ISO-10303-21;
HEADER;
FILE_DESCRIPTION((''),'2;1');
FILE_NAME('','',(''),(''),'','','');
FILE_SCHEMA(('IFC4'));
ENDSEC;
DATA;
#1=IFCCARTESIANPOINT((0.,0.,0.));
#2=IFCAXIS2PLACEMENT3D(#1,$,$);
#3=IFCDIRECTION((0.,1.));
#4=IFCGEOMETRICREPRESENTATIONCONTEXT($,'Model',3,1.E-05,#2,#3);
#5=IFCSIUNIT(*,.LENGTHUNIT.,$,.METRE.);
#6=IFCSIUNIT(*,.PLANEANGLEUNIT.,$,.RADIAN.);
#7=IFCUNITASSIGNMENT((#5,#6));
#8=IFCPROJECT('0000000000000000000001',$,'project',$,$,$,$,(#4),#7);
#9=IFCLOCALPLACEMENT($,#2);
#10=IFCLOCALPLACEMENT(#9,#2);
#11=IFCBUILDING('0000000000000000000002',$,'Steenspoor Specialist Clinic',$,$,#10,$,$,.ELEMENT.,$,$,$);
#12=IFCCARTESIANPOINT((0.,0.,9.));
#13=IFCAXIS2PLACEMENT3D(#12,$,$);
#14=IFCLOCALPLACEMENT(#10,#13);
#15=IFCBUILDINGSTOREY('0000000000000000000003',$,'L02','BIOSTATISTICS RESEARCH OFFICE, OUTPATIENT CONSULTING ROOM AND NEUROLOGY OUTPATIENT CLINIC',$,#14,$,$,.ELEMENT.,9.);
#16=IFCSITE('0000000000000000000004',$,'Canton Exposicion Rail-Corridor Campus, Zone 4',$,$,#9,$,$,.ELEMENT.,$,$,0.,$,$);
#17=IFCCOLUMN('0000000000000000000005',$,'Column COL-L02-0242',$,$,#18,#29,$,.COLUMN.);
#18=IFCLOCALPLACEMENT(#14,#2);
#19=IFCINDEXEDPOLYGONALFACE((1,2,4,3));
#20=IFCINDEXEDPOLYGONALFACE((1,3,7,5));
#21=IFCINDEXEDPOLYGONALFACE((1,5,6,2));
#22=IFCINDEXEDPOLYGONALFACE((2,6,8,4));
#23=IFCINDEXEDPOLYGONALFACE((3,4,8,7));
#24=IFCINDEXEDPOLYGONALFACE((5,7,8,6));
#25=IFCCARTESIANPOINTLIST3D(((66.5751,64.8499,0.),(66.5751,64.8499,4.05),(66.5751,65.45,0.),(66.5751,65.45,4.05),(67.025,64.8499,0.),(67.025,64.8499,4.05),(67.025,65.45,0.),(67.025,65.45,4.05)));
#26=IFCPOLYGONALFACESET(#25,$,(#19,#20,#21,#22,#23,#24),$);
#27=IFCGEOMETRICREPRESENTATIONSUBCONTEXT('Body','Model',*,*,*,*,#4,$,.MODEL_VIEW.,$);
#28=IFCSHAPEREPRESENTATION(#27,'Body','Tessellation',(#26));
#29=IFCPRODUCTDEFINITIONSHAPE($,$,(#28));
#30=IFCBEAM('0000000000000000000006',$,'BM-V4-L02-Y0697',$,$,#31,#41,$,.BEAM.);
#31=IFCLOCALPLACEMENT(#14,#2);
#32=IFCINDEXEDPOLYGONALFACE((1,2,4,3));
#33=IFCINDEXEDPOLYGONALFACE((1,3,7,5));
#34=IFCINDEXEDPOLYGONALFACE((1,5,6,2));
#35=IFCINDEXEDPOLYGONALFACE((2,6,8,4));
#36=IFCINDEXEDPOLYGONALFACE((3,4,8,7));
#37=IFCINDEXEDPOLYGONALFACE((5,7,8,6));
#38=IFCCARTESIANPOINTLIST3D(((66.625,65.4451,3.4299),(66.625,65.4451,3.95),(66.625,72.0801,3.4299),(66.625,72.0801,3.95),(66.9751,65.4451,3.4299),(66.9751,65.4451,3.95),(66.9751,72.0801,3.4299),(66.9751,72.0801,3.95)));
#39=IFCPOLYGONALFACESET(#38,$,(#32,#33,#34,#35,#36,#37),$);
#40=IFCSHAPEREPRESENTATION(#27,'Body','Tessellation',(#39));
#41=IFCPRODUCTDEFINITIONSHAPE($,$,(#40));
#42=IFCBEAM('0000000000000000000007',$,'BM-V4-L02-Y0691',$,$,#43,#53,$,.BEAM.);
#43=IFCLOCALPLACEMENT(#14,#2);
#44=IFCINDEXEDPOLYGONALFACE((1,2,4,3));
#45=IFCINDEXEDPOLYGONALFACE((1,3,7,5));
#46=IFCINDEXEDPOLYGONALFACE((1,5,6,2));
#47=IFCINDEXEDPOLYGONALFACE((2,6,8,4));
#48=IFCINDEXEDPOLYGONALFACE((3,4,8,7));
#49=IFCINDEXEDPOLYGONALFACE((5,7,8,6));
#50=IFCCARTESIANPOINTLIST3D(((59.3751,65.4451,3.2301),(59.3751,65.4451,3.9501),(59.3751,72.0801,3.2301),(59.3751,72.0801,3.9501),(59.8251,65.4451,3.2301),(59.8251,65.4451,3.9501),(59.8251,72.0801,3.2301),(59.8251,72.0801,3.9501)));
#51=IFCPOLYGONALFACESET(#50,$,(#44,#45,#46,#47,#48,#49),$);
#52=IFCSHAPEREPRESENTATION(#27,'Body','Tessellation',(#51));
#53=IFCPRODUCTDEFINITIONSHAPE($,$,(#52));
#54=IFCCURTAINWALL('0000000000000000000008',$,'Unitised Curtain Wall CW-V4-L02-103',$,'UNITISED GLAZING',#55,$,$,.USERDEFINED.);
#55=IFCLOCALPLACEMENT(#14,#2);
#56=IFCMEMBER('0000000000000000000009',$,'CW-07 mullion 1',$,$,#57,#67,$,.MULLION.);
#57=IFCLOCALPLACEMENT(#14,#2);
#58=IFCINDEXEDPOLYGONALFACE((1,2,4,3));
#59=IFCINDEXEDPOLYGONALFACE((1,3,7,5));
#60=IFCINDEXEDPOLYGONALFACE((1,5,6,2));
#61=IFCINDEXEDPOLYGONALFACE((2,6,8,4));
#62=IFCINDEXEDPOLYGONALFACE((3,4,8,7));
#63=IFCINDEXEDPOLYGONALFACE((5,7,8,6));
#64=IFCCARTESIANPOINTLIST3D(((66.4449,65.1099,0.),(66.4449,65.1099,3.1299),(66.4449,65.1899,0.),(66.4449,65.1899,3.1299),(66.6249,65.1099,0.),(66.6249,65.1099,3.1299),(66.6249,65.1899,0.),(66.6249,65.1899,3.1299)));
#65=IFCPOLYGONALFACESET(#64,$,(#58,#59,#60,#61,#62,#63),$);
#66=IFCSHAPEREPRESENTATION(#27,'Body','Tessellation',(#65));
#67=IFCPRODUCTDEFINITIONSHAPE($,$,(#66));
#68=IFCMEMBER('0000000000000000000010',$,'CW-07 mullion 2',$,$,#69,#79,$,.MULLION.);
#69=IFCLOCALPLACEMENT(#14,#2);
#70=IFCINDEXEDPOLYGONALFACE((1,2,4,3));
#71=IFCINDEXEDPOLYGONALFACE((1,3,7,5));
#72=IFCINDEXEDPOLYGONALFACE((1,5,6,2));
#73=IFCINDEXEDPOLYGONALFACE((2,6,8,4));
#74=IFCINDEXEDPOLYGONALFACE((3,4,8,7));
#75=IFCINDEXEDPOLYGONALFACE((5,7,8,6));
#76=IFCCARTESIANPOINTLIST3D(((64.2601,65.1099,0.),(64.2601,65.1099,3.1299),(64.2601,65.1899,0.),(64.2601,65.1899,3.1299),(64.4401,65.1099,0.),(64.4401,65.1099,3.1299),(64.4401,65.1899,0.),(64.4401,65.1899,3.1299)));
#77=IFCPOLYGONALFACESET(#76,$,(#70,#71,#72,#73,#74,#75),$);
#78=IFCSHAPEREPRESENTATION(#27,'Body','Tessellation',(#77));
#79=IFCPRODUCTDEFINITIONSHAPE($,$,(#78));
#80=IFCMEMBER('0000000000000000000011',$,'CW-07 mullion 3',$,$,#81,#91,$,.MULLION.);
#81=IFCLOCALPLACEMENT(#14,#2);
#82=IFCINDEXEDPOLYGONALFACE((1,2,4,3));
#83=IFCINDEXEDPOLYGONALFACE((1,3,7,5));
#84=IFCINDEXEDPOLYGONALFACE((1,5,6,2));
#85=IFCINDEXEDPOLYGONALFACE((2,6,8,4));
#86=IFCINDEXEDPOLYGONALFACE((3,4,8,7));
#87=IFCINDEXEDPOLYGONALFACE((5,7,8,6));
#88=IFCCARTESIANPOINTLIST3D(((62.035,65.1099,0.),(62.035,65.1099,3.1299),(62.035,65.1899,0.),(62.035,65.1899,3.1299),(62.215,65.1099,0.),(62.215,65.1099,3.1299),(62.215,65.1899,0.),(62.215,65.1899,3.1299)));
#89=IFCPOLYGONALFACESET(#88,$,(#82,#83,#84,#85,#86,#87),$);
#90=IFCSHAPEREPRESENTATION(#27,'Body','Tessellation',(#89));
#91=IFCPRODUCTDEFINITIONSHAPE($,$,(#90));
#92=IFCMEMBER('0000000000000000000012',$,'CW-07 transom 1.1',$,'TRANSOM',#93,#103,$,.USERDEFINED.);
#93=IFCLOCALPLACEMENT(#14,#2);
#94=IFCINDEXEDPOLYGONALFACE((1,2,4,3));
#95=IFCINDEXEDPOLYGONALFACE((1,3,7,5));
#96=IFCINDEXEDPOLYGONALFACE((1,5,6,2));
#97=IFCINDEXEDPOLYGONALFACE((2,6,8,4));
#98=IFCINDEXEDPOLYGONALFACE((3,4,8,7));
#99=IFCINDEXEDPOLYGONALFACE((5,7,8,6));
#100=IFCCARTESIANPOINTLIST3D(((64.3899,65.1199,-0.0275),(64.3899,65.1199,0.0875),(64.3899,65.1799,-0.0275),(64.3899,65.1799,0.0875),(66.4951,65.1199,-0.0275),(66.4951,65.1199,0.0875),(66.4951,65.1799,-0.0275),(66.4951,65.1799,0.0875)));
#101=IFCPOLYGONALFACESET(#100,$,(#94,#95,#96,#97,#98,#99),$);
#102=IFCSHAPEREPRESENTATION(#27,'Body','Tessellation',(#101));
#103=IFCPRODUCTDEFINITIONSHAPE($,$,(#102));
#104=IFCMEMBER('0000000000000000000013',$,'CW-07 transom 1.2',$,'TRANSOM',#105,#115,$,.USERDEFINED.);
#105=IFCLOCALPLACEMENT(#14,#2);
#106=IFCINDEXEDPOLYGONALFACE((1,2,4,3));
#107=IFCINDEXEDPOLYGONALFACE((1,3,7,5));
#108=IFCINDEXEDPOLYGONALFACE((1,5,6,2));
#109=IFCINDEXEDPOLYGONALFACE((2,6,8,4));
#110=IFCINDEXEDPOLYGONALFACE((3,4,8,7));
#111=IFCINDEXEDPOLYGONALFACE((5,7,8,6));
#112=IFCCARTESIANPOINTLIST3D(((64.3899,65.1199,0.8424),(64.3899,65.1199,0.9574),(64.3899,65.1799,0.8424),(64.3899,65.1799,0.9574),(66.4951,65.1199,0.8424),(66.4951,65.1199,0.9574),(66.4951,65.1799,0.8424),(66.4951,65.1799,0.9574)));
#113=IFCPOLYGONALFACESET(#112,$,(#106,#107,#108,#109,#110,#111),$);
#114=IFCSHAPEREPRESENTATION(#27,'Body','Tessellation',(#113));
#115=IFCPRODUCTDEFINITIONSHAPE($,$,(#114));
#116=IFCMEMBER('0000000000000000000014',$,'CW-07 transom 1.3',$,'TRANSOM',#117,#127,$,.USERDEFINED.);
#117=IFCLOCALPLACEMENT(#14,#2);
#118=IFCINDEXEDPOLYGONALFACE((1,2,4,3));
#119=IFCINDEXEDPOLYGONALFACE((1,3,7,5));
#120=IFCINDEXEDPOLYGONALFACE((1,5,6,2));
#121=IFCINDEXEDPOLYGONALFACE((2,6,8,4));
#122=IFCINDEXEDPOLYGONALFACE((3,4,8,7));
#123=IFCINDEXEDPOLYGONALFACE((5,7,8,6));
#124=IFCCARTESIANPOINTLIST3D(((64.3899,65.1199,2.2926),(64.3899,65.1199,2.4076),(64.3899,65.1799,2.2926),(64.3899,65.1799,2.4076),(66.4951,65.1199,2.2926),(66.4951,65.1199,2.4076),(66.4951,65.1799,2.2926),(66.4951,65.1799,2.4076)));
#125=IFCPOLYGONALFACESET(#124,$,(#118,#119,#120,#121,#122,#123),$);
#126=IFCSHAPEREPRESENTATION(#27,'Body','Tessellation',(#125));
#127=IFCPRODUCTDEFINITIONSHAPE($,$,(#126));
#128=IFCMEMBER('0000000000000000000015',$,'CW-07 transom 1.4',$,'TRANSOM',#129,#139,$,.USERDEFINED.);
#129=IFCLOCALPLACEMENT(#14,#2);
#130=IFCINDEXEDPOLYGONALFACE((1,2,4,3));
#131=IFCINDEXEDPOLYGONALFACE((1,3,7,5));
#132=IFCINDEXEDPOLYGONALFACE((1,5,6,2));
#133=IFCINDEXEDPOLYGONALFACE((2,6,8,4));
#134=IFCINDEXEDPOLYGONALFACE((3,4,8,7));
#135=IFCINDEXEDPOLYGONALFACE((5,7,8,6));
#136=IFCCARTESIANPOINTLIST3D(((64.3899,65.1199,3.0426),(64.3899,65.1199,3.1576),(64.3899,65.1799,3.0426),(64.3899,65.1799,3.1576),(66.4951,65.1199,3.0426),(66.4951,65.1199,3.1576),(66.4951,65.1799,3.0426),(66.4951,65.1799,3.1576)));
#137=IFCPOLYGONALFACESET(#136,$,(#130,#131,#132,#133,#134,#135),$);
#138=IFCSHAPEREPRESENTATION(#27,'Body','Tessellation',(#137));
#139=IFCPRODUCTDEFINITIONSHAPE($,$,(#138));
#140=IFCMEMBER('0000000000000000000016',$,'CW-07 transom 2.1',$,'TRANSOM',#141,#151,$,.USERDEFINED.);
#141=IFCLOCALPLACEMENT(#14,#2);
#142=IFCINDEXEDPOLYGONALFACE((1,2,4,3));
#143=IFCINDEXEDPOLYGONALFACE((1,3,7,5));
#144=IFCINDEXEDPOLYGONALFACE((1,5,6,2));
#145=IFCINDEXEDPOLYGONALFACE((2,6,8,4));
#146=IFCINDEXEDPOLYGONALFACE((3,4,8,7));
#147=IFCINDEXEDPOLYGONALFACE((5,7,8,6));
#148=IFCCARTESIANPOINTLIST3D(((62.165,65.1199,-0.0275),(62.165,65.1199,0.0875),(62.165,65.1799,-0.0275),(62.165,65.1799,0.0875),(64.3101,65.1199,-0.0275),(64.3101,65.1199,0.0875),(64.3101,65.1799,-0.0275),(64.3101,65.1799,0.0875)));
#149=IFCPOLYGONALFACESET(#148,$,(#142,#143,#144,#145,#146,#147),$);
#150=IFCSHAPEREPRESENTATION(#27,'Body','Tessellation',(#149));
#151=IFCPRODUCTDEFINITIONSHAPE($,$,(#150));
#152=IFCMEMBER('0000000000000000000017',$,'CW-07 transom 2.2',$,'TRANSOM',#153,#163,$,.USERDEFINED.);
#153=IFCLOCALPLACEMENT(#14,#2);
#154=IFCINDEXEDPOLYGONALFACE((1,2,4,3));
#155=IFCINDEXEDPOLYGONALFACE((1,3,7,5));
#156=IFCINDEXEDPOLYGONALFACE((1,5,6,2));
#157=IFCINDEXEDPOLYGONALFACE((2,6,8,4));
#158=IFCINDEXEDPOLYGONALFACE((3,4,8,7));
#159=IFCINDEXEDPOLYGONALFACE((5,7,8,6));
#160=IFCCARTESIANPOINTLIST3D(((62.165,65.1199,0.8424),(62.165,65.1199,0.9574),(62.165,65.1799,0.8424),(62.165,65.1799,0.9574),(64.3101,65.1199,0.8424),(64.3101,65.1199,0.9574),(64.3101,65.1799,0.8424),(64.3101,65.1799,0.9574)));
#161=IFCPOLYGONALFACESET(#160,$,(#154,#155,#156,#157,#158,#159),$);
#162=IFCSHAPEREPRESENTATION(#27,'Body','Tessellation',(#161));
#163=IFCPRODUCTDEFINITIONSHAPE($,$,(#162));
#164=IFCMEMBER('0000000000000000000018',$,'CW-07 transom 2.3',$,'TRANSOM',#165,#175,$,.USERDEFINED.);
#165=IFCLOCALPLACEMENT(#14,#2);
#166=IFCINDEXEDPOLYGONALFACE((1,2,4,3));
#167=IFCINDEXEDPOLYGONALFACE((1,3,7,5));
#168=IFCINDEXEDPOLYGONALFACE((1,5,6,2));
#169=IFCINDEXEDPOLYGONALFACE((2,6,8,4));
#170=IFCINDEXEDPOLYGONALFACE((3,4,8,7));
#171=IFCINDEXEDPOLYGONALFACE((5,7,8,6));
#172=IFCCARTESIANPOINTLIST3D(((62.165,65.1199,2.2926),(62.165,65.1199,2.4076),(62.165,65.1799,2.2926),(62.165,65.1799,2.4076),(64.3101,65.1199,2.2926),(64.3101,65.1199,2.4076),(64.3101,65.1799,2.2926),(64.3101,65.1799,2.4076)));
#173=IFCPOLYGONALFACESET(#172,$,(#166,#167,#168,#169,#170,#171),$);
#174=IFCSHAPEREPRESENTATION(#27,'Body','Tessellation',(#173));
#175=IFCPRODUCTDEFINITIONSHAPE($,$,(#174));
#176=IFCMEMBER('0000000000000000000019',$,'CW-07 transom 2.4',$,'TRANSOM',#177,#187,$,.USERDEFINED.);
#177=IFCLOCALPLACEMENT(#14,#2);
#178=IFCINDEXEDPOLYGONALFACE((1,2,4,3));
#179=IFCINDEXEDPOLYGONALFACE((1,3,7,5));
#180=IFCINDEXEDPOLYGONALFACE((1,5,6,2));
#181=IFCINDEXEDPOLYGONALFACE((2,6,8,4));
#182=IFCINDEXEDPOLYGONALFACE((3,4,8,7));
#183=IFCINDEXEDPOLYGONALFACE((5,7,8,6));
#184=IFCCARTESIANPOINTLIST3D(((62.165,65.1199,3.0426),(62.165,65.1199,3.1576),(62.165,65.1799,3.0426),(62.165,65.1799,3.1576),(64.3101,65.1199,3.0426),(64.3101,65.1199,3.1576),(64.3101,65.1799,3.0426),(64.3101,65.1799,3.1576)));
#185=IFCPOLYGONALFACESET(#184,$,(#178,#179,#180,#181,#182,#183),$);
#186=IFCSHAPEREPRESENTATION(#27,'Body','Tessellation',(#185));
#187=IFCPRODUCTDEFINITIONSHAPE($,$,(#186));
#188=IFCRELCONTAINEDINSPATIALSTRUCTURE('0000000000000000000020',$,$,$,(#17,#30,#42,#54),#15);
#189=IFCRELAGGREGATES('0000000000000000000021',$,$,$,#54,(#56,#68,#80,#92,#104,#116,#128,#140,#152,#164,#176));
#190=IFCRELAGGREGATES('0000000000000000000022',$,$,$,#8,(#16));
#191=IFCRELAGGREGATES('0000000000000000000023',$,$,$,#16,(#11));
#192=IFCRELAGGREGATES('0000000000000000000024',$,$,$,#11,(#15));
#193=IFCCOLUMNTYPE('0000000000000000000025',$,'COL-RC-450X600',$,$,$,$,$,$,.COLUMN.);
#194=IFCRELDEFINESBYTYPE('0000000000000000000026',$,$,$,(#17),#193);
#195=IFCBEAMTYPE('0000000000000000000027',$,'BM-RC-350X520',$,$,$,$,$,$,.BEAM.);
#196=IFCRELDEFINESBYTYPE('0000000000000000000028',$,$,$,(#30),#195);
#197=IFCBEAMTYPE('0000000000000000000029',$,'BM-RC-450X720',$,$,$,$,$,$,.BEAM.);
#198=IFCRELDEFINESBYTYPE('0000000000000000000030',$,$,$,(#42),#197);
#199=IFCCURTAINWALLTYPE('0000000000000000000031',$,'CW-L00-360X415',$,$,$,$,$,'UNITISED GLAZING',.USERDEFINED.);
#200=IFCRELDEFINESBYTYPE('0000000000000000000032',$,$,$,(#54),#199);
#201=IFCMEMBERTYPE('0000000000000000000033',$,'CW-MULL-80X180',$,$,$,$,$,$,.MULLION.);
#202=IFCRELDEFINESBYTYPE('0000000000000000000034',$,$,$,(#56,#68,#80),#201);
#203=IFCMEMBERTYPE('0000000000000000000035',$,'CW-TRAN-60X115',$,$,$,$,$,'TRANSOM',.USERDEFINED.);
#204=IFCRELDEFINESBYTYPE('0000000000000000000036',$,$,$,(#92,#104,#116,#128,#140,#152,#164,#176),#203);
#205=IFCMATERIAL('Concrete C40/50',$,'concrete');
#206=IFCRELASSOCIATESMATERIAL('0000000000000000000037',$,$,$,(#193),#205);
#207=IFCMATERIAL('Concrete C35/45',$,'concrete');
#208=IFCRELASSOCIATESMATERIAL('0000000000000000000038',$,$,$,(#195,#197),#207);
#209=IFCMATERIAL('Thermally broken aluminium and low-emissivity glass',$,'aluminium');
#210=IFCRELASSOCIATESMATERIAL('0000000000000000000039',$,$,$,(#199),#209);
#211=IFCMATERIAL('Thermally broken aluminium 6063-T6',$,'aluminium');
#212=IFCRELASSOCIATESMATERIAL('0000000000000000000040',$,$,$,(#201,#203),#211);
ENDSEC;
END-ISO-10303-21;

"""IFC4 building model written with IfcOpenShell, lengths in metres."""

from ifc_helpers import new_model, si_unit, direction, frame, origin, origin_2d, place, context, subcontext, project, spatial, rectangle, extrude, material, material_profile, profile_set, type_object, element, aggregate, save


model = new_model("IFC4")

# Units and contexts
model_context = context("Model", 3, precision=1e-05, world=origin(), true_north=direction((0.0, 1.0)))
body_context = subcontext(model_context, "Body", "Model", "MODEL_VIEW")
ifc_project = project(units=[si_unit("LENGTHUNIT", "METRE"), si_unit("PLANEANGLEUNIT", "RADIAN")], contexts=[model_context])

# Site, building, storey
site_placement = place(None, origin())
site = spatial("IfcSite", under=ifc_project, at=site_placement, Name="Canton Exposicion Rail-Corridor Campus, Zone 4", CompositionType="ELEMENT", RefElevation=0.0)
building_placement = place(site_placement, origin())
building = spatial("IfcBuilding", under=site, at=building_placement, Name="Steenspoor Specialist Clinic", CompositionType="ELEMENT")
storey_placement = place(building_placement, frame((0.0, 0.0, 9.0)))
storey = spatial("IfcBuildingStorey", under=building, at=storey_placement, Name="L02", Description="BIOSTATISTICS RESEARCH OFFICE, OUTPATIENT CONSULTING ROOM AND NEUROLOGY OUTPATIENT CLINIC", CompositionType="ELEMENT", Elevation=9.0)

# Column
ifc_material_1 = material(Name="Concrete C40/50", Category="concrete")
ifc_material_profile_1 = material_profile(ifc_material_1, rectangle(XDim=0.45, YDim=0.6001, at=origin_2d()), Name="RC-COL-450X600")
ifc_profile_set_1 = profile_set([ifc_material_profile_1], Name="Concrete C40/50")
column_type = type_object("IfcColumnType", Name="COL-RC-450X600", PredefinedType="COLUMN", material=ifc_profile_set_1)
column_placement = place(storey_placement, frame((66.8, 65.1499, 0.0), z_axis=(0.0, 0.0, 1.0), x_axis=(1.0, 0.0, 0.0)))
element("IfcColumn", 1, at=column_placement, inside=storey, type_object=column_type, Name="Column COL-L02-0242", PredefinedType="COLUMN", context=body_context, shape_type="SweptSolid", body=[
    extrude(rectangle(XDim=0.45, YDim=0.6001, at=origin_2d()), origin(), (0.0, 0.0, 1.0), 4.05),
])

# Beams
ifc_material_2 = material(Name="Concrete C35/45", Category="concrete")
ifc_material_profile_2 = material_profile(ifc_material_2, rectangle(XDim=0.3501, YDim=0.52, at=origin_2d()), Name="RC-BM-350X520")
ifc_profile_set_2 = profile_set([ifc_material_profile_2], Name="Concrete C35/45")
beam_type_1 = type_object("IfcBeamType", Name="BM-RC-350X520", PredefinedType="BEAM", material=ifc_profile_set_2)
beam_1_placement = place(storey_placement, frame((66.8, 65.4451, 3.6899), z_axis=(0.0, 1.0, 0.0), x_axis=(-1.0, 0.0, 0.0)))
element("IfcBeam", 2, at=beam_1_placement, inside=storey, type_object=beam_type_1, Name="BM-V4-L02-Y0697", PredefinedType="BEAM", context=body_context, shape_type="SweptSolid", body=[
    extrude(rectangle(XDim=0.3501, YDim=0.52, at=origin_2d()), origin(), (0.0, 0.0, 1.0), 6.635),
])
ifc_material_profile_3 = material_profile(ifc_material_2, rectangle(XDim=0.45, YDim=0.72, at=origin_2d()), Name="RC-BM-450X720")
ifc_profile_set_3 = profile_set([ifc_material_profile_3], Name="Concrete C35/45")
beam_type_2 = type_object("IfcBeamType", Name="BM-RC-450X720", PredefinedType="BEAM", material=ifc_profile_set_3)
beam_2_placement = place(storey_placement, frame((59.6001, 65.4451, 3.5901), z_axis=(0.0, 1.0, 0.0), x_axis=(-1.0, 0.0, 0.0)))
element("IfcBeam", 3, at=beam_2_placement, inside=storey, type_object=beam_type_2, Name="BM-V4-L02-Y0691", PredefinedType="BEAM", context=body_context, shape_type="SweptSolid", body=[
    extrude(rectangle(XDim=0.45, YDim=0.72, at=origin_2d()), origin(), (0.0, 0.0, 1.0), 6.635),
])

# Curtain wall, members
ifc_material_3 = material(Name="Thermally broken aluminium and low-emissivity glass", Category="aluminium")
curtain_wall_type = type_object("IfcCurtainWallType", Name="CW-L00-360X415", ElementType="UNITISED GLAZING", PredefinedType="USERDEFINED", material=ifc_material_3)
curtain_wall_placement = place(storey_placement, origin())
curtain_wall = element("IfcCurtainWall", 4, at=curtain_wall_placement, inside=storey, type_object=curtain_wall_type, Name="Unitised Curtain Wall CW-V4-L02-103", ObjectType="UNITISED GLAZING", PredefinedType="USERDEFINED")
ifc_material_4 = material(Name="Thermally broken aluminium 6063-T6", Category="aluminium")
ifc_material_profile_4 = material_profile(ifc_material_4, rectangle(XDim=0.0801, YDim=0.1799, at=origin_2d()), Name="CWM-80X180")
ifc_profile_set_4 = profile_set([ifc_material_profile_4], Name="Thermally broken aluminium 6063-T6")
member_type_1 = type_object("IfcMemberType", Name="CW-MULL-80X180", PredefinedType="MULLION", material=ifc_profile_set_4)
member_1_placement = place(storey_placement, frame((66.5349, 65.1499, 0.0), z_axis=(0.0, 0.0, 1.0), x_axis=(0.0, -1.0, 0.0)))
member_1 = element("IfcMember", 5, at=member_1_placement, type_object=member_type_1, Name="CW-07 mullion 1", PredefinedType="MULLION", context=body_context, shape_type="SweptSolid", body=[
    extrude(rectangle(XDim=0.0801, YDim=0.1799, at=origin_2d()), origin(), (0.0, 0.0, 1.0), 3.1299),
])
member_2_placement = place(storey_placement, frame((64.3501, 65.1499, 0.0), z_axis=(0.0, 0.0, 1.0), x_axis=(0.0, -1.0, 0.0)))
member_2 = element("IfcMember", 6, at=member_2_placement, type_object=member_type_1, Name="CW-07 mullion 2", PredefinedType="MULLION", context=body_context, shape_type="SweptSolid", body=[
    extrude(rectangle(XDim=0.0801, YDim=0.1799, at=origin_2d()), origin(), (0.0, 0.0, 1.0), 3.1299),
])
member_3_placement = place(storey_placement, frame((62.125, 65.1499, 0.0), z_axis=(0.0, 0.0, 1.0), x_axis=(0.0, -1.0, 0.0)))
member_3 = element("IfcMember", 7, at=member_3_placement, type_object=member_type_1, Name="CW-07 mullion 3", PredefinedType="MULLION", context=body_context, shape_type="SweptSolid", body=[
    extrude(rectangle(XDim=0.0801, YDim=0.1799, at=origin_2d()), origin(), (0.0, 0.0, 1.0), 3.1299),
])
ifc_material_profile_5 = material_profile(ifc_material_4, rectangle(XDim=0.0601, YDim=0.115, at=origin_2d()), Name="CWT-60X115")
ifc_profile_set_5 = profile_set([ifc_material_profile_5], Name="Thermally broken aluminium 6063-T6")
member_type_2 = type_object("IfcMemberType", Name="CW-TRAN-60X115", ElementType="TRANSOM", PredefinedType="USERDEFINED", material=ifc_profile_set_5)
member_4_placement = place(storey_placement, frame((66.4951, 65.1499, 0.03), z_axis=(-1.0, 0.0, 0.0), x_axis=(0.0, -1.0, 0.0)))
member_4 = element("IfcMember", 8, at=member_4_placement, type_object=member_type_2, Name="CW-07 transom 1.1", ObjectType="TRANSOM", PredefinedType="USERDEFINED", context=body_context, shape_type="SweptSolid", body=[
    extrude(rectangle(XDim=0.0601, YDim=0.115, at=origin_2d()), origin(), (0.0, 0.0, 1.0), 2.1052),
])
member_5_placement = place(storey_placement, frame((66.4951, 65.1499, 0.8999), z_axis=(-1.0, 0.0, 0.0), x_axis=(0.0, -1.0, 0.0)))
member_5 = element("IfcMember", 9, at=member_5_placement, type_object=member_type_2, Name="CW-07 transom 1.2", ObjectType="TRANSOM", PredefinedType="USERDEFINED", context=body_context, shape_type="SweptSolid", body=[
    extrude(rectangle(XDim=0.0601, YDim=0.115, at=origin_2d()), origin(), (0.0, 0.0, 1.0), 2.1052),
])
member_6_placement = place(storey_placement, frame((66.4951, 65.1499, 2.3501), z_axis=(-1.0, 0.0, 0.0), x_axis=(0.0, -1.0, 0.0)))
member_6 = element("IfcMember", 10, at=member_6_placement, type_object=member_type_2, Name="CW-07 transom 1.3", ObjectType="TRANSOM", PredefinedType="USERDEFINED", context=body_context, shape_type="SweptSolid", body=[
    extrude(rectangle(XDim=0.0601, YDim=0.115, at=origin_2d()), origin(), (0.0, 0.0, 1.0), 2.1052),
])
member_7_placement = place(storey_placement, frame((66.4951, 65.1499, 3.1001), z_axis=(-1.0, 0.0, 0.0), x_axis=(0.0, -1.0, 0.0)))
member_7 = element("IfcMember", 11, at=member_7_placement, type_object=member_type_2, Name="CW-07 transom 1.4", ObjectType="TRANSOM", PredefinedType="USERDEFINED", context=body_context, shape_type="SweptSolid", body=[
    extrude(rectangle(XDim=0.0601, YDim=0.115, at=origin_2d()), origin(), (0.0, 0.0, 1.0), 2.1052),
])
member_8_placement = place(storey_placement, frame((64.3101, 65.1499, 0.03), z_axis=(-1.0, 0.0, 0.0), x_axis=(0.0, -1.0, 0.0)))
member_8 = element("IfcMember", 12, at=member_8_placement, type_object=member_type_2, Name="CW-07 transom 2.1", ObjectType="TRANSOM", PredefinedType="USERDEFINED", context=body_context, shape_type="SweptSolid", body=[
    extrude(rectangle(XDim=0.0601, YDim=0.115, at=origin_2d()), origin(), (0.0, 0.0, 1.0), 2.145),
])
member_9_placement = place(storey_placement, frame((64.3101, 65.1499, 0.8999), z_axis=(-1.0, 0.0, 0.0), x_axis=(0.0, -1.0, 0.0)))
member_9 = element("IfcMember", 13, at=member_9_placement, type_object=member_type_2, Name="CW-07 transom 2.2", ObjectType="TRANSOM", PredefinedType="USERDEFINED", context=body_context, shape_type="SweptSolid", body=[
    extrude(rectangle(XDim=0.0601, YDim=0.115, at=origin_2d()), origin(), (0.0, 0.0, 1.0), 2.145),
])
member_10_placement = place(storey_placement, frame((64.3101, 65.1499, 2.3501), z_axis=(-1.0, 0.0, 0.0), x_axis=(0.0, -1.0, 0.0)))
member_10 = element("IfcMember", 14, at=member_10_placement, type_object=member_type_2, Name="CW-07 transom 2.3", ObjectType="TRANSOM", PredefinedType="USERDEFINED", context=body_context, shape_type="SweptSolid", body=[
    extrude(rectangle(XDim=0.0601, YDim=0.115, at=origin_2d()), origin(), (0.0, 0.0, 1.0), 2.145),
])
member_11_placement = place(storey_placement, frame((64.3101, 65.1499, 3.1001), z_axis=(-1.0, 0.0, 0.0), x_axis=(0.0, -1.0, 0.0)))
member_11 = element("IfcMember", 15, at=member_11_placement, type_object=member_type_2, Name="CW-07 transom 2.4", ObjectType="TRANSOM", PredefinedType="USERDEFINED", context=body_context, shape_type="SweptSolid", body=[
    extrude(rectangle(XDim=0.0601, YDim=0.115, at=origin_2d()), origin(), (0.0, 0.0, 1.0), 2.145),
])

aggregate(curtain_wall, [member_1, member_2, member_3, member_4, member_5, member_6, member_7, member_8, member_9, member_10, member_11])

save(model, "model.ifc")
